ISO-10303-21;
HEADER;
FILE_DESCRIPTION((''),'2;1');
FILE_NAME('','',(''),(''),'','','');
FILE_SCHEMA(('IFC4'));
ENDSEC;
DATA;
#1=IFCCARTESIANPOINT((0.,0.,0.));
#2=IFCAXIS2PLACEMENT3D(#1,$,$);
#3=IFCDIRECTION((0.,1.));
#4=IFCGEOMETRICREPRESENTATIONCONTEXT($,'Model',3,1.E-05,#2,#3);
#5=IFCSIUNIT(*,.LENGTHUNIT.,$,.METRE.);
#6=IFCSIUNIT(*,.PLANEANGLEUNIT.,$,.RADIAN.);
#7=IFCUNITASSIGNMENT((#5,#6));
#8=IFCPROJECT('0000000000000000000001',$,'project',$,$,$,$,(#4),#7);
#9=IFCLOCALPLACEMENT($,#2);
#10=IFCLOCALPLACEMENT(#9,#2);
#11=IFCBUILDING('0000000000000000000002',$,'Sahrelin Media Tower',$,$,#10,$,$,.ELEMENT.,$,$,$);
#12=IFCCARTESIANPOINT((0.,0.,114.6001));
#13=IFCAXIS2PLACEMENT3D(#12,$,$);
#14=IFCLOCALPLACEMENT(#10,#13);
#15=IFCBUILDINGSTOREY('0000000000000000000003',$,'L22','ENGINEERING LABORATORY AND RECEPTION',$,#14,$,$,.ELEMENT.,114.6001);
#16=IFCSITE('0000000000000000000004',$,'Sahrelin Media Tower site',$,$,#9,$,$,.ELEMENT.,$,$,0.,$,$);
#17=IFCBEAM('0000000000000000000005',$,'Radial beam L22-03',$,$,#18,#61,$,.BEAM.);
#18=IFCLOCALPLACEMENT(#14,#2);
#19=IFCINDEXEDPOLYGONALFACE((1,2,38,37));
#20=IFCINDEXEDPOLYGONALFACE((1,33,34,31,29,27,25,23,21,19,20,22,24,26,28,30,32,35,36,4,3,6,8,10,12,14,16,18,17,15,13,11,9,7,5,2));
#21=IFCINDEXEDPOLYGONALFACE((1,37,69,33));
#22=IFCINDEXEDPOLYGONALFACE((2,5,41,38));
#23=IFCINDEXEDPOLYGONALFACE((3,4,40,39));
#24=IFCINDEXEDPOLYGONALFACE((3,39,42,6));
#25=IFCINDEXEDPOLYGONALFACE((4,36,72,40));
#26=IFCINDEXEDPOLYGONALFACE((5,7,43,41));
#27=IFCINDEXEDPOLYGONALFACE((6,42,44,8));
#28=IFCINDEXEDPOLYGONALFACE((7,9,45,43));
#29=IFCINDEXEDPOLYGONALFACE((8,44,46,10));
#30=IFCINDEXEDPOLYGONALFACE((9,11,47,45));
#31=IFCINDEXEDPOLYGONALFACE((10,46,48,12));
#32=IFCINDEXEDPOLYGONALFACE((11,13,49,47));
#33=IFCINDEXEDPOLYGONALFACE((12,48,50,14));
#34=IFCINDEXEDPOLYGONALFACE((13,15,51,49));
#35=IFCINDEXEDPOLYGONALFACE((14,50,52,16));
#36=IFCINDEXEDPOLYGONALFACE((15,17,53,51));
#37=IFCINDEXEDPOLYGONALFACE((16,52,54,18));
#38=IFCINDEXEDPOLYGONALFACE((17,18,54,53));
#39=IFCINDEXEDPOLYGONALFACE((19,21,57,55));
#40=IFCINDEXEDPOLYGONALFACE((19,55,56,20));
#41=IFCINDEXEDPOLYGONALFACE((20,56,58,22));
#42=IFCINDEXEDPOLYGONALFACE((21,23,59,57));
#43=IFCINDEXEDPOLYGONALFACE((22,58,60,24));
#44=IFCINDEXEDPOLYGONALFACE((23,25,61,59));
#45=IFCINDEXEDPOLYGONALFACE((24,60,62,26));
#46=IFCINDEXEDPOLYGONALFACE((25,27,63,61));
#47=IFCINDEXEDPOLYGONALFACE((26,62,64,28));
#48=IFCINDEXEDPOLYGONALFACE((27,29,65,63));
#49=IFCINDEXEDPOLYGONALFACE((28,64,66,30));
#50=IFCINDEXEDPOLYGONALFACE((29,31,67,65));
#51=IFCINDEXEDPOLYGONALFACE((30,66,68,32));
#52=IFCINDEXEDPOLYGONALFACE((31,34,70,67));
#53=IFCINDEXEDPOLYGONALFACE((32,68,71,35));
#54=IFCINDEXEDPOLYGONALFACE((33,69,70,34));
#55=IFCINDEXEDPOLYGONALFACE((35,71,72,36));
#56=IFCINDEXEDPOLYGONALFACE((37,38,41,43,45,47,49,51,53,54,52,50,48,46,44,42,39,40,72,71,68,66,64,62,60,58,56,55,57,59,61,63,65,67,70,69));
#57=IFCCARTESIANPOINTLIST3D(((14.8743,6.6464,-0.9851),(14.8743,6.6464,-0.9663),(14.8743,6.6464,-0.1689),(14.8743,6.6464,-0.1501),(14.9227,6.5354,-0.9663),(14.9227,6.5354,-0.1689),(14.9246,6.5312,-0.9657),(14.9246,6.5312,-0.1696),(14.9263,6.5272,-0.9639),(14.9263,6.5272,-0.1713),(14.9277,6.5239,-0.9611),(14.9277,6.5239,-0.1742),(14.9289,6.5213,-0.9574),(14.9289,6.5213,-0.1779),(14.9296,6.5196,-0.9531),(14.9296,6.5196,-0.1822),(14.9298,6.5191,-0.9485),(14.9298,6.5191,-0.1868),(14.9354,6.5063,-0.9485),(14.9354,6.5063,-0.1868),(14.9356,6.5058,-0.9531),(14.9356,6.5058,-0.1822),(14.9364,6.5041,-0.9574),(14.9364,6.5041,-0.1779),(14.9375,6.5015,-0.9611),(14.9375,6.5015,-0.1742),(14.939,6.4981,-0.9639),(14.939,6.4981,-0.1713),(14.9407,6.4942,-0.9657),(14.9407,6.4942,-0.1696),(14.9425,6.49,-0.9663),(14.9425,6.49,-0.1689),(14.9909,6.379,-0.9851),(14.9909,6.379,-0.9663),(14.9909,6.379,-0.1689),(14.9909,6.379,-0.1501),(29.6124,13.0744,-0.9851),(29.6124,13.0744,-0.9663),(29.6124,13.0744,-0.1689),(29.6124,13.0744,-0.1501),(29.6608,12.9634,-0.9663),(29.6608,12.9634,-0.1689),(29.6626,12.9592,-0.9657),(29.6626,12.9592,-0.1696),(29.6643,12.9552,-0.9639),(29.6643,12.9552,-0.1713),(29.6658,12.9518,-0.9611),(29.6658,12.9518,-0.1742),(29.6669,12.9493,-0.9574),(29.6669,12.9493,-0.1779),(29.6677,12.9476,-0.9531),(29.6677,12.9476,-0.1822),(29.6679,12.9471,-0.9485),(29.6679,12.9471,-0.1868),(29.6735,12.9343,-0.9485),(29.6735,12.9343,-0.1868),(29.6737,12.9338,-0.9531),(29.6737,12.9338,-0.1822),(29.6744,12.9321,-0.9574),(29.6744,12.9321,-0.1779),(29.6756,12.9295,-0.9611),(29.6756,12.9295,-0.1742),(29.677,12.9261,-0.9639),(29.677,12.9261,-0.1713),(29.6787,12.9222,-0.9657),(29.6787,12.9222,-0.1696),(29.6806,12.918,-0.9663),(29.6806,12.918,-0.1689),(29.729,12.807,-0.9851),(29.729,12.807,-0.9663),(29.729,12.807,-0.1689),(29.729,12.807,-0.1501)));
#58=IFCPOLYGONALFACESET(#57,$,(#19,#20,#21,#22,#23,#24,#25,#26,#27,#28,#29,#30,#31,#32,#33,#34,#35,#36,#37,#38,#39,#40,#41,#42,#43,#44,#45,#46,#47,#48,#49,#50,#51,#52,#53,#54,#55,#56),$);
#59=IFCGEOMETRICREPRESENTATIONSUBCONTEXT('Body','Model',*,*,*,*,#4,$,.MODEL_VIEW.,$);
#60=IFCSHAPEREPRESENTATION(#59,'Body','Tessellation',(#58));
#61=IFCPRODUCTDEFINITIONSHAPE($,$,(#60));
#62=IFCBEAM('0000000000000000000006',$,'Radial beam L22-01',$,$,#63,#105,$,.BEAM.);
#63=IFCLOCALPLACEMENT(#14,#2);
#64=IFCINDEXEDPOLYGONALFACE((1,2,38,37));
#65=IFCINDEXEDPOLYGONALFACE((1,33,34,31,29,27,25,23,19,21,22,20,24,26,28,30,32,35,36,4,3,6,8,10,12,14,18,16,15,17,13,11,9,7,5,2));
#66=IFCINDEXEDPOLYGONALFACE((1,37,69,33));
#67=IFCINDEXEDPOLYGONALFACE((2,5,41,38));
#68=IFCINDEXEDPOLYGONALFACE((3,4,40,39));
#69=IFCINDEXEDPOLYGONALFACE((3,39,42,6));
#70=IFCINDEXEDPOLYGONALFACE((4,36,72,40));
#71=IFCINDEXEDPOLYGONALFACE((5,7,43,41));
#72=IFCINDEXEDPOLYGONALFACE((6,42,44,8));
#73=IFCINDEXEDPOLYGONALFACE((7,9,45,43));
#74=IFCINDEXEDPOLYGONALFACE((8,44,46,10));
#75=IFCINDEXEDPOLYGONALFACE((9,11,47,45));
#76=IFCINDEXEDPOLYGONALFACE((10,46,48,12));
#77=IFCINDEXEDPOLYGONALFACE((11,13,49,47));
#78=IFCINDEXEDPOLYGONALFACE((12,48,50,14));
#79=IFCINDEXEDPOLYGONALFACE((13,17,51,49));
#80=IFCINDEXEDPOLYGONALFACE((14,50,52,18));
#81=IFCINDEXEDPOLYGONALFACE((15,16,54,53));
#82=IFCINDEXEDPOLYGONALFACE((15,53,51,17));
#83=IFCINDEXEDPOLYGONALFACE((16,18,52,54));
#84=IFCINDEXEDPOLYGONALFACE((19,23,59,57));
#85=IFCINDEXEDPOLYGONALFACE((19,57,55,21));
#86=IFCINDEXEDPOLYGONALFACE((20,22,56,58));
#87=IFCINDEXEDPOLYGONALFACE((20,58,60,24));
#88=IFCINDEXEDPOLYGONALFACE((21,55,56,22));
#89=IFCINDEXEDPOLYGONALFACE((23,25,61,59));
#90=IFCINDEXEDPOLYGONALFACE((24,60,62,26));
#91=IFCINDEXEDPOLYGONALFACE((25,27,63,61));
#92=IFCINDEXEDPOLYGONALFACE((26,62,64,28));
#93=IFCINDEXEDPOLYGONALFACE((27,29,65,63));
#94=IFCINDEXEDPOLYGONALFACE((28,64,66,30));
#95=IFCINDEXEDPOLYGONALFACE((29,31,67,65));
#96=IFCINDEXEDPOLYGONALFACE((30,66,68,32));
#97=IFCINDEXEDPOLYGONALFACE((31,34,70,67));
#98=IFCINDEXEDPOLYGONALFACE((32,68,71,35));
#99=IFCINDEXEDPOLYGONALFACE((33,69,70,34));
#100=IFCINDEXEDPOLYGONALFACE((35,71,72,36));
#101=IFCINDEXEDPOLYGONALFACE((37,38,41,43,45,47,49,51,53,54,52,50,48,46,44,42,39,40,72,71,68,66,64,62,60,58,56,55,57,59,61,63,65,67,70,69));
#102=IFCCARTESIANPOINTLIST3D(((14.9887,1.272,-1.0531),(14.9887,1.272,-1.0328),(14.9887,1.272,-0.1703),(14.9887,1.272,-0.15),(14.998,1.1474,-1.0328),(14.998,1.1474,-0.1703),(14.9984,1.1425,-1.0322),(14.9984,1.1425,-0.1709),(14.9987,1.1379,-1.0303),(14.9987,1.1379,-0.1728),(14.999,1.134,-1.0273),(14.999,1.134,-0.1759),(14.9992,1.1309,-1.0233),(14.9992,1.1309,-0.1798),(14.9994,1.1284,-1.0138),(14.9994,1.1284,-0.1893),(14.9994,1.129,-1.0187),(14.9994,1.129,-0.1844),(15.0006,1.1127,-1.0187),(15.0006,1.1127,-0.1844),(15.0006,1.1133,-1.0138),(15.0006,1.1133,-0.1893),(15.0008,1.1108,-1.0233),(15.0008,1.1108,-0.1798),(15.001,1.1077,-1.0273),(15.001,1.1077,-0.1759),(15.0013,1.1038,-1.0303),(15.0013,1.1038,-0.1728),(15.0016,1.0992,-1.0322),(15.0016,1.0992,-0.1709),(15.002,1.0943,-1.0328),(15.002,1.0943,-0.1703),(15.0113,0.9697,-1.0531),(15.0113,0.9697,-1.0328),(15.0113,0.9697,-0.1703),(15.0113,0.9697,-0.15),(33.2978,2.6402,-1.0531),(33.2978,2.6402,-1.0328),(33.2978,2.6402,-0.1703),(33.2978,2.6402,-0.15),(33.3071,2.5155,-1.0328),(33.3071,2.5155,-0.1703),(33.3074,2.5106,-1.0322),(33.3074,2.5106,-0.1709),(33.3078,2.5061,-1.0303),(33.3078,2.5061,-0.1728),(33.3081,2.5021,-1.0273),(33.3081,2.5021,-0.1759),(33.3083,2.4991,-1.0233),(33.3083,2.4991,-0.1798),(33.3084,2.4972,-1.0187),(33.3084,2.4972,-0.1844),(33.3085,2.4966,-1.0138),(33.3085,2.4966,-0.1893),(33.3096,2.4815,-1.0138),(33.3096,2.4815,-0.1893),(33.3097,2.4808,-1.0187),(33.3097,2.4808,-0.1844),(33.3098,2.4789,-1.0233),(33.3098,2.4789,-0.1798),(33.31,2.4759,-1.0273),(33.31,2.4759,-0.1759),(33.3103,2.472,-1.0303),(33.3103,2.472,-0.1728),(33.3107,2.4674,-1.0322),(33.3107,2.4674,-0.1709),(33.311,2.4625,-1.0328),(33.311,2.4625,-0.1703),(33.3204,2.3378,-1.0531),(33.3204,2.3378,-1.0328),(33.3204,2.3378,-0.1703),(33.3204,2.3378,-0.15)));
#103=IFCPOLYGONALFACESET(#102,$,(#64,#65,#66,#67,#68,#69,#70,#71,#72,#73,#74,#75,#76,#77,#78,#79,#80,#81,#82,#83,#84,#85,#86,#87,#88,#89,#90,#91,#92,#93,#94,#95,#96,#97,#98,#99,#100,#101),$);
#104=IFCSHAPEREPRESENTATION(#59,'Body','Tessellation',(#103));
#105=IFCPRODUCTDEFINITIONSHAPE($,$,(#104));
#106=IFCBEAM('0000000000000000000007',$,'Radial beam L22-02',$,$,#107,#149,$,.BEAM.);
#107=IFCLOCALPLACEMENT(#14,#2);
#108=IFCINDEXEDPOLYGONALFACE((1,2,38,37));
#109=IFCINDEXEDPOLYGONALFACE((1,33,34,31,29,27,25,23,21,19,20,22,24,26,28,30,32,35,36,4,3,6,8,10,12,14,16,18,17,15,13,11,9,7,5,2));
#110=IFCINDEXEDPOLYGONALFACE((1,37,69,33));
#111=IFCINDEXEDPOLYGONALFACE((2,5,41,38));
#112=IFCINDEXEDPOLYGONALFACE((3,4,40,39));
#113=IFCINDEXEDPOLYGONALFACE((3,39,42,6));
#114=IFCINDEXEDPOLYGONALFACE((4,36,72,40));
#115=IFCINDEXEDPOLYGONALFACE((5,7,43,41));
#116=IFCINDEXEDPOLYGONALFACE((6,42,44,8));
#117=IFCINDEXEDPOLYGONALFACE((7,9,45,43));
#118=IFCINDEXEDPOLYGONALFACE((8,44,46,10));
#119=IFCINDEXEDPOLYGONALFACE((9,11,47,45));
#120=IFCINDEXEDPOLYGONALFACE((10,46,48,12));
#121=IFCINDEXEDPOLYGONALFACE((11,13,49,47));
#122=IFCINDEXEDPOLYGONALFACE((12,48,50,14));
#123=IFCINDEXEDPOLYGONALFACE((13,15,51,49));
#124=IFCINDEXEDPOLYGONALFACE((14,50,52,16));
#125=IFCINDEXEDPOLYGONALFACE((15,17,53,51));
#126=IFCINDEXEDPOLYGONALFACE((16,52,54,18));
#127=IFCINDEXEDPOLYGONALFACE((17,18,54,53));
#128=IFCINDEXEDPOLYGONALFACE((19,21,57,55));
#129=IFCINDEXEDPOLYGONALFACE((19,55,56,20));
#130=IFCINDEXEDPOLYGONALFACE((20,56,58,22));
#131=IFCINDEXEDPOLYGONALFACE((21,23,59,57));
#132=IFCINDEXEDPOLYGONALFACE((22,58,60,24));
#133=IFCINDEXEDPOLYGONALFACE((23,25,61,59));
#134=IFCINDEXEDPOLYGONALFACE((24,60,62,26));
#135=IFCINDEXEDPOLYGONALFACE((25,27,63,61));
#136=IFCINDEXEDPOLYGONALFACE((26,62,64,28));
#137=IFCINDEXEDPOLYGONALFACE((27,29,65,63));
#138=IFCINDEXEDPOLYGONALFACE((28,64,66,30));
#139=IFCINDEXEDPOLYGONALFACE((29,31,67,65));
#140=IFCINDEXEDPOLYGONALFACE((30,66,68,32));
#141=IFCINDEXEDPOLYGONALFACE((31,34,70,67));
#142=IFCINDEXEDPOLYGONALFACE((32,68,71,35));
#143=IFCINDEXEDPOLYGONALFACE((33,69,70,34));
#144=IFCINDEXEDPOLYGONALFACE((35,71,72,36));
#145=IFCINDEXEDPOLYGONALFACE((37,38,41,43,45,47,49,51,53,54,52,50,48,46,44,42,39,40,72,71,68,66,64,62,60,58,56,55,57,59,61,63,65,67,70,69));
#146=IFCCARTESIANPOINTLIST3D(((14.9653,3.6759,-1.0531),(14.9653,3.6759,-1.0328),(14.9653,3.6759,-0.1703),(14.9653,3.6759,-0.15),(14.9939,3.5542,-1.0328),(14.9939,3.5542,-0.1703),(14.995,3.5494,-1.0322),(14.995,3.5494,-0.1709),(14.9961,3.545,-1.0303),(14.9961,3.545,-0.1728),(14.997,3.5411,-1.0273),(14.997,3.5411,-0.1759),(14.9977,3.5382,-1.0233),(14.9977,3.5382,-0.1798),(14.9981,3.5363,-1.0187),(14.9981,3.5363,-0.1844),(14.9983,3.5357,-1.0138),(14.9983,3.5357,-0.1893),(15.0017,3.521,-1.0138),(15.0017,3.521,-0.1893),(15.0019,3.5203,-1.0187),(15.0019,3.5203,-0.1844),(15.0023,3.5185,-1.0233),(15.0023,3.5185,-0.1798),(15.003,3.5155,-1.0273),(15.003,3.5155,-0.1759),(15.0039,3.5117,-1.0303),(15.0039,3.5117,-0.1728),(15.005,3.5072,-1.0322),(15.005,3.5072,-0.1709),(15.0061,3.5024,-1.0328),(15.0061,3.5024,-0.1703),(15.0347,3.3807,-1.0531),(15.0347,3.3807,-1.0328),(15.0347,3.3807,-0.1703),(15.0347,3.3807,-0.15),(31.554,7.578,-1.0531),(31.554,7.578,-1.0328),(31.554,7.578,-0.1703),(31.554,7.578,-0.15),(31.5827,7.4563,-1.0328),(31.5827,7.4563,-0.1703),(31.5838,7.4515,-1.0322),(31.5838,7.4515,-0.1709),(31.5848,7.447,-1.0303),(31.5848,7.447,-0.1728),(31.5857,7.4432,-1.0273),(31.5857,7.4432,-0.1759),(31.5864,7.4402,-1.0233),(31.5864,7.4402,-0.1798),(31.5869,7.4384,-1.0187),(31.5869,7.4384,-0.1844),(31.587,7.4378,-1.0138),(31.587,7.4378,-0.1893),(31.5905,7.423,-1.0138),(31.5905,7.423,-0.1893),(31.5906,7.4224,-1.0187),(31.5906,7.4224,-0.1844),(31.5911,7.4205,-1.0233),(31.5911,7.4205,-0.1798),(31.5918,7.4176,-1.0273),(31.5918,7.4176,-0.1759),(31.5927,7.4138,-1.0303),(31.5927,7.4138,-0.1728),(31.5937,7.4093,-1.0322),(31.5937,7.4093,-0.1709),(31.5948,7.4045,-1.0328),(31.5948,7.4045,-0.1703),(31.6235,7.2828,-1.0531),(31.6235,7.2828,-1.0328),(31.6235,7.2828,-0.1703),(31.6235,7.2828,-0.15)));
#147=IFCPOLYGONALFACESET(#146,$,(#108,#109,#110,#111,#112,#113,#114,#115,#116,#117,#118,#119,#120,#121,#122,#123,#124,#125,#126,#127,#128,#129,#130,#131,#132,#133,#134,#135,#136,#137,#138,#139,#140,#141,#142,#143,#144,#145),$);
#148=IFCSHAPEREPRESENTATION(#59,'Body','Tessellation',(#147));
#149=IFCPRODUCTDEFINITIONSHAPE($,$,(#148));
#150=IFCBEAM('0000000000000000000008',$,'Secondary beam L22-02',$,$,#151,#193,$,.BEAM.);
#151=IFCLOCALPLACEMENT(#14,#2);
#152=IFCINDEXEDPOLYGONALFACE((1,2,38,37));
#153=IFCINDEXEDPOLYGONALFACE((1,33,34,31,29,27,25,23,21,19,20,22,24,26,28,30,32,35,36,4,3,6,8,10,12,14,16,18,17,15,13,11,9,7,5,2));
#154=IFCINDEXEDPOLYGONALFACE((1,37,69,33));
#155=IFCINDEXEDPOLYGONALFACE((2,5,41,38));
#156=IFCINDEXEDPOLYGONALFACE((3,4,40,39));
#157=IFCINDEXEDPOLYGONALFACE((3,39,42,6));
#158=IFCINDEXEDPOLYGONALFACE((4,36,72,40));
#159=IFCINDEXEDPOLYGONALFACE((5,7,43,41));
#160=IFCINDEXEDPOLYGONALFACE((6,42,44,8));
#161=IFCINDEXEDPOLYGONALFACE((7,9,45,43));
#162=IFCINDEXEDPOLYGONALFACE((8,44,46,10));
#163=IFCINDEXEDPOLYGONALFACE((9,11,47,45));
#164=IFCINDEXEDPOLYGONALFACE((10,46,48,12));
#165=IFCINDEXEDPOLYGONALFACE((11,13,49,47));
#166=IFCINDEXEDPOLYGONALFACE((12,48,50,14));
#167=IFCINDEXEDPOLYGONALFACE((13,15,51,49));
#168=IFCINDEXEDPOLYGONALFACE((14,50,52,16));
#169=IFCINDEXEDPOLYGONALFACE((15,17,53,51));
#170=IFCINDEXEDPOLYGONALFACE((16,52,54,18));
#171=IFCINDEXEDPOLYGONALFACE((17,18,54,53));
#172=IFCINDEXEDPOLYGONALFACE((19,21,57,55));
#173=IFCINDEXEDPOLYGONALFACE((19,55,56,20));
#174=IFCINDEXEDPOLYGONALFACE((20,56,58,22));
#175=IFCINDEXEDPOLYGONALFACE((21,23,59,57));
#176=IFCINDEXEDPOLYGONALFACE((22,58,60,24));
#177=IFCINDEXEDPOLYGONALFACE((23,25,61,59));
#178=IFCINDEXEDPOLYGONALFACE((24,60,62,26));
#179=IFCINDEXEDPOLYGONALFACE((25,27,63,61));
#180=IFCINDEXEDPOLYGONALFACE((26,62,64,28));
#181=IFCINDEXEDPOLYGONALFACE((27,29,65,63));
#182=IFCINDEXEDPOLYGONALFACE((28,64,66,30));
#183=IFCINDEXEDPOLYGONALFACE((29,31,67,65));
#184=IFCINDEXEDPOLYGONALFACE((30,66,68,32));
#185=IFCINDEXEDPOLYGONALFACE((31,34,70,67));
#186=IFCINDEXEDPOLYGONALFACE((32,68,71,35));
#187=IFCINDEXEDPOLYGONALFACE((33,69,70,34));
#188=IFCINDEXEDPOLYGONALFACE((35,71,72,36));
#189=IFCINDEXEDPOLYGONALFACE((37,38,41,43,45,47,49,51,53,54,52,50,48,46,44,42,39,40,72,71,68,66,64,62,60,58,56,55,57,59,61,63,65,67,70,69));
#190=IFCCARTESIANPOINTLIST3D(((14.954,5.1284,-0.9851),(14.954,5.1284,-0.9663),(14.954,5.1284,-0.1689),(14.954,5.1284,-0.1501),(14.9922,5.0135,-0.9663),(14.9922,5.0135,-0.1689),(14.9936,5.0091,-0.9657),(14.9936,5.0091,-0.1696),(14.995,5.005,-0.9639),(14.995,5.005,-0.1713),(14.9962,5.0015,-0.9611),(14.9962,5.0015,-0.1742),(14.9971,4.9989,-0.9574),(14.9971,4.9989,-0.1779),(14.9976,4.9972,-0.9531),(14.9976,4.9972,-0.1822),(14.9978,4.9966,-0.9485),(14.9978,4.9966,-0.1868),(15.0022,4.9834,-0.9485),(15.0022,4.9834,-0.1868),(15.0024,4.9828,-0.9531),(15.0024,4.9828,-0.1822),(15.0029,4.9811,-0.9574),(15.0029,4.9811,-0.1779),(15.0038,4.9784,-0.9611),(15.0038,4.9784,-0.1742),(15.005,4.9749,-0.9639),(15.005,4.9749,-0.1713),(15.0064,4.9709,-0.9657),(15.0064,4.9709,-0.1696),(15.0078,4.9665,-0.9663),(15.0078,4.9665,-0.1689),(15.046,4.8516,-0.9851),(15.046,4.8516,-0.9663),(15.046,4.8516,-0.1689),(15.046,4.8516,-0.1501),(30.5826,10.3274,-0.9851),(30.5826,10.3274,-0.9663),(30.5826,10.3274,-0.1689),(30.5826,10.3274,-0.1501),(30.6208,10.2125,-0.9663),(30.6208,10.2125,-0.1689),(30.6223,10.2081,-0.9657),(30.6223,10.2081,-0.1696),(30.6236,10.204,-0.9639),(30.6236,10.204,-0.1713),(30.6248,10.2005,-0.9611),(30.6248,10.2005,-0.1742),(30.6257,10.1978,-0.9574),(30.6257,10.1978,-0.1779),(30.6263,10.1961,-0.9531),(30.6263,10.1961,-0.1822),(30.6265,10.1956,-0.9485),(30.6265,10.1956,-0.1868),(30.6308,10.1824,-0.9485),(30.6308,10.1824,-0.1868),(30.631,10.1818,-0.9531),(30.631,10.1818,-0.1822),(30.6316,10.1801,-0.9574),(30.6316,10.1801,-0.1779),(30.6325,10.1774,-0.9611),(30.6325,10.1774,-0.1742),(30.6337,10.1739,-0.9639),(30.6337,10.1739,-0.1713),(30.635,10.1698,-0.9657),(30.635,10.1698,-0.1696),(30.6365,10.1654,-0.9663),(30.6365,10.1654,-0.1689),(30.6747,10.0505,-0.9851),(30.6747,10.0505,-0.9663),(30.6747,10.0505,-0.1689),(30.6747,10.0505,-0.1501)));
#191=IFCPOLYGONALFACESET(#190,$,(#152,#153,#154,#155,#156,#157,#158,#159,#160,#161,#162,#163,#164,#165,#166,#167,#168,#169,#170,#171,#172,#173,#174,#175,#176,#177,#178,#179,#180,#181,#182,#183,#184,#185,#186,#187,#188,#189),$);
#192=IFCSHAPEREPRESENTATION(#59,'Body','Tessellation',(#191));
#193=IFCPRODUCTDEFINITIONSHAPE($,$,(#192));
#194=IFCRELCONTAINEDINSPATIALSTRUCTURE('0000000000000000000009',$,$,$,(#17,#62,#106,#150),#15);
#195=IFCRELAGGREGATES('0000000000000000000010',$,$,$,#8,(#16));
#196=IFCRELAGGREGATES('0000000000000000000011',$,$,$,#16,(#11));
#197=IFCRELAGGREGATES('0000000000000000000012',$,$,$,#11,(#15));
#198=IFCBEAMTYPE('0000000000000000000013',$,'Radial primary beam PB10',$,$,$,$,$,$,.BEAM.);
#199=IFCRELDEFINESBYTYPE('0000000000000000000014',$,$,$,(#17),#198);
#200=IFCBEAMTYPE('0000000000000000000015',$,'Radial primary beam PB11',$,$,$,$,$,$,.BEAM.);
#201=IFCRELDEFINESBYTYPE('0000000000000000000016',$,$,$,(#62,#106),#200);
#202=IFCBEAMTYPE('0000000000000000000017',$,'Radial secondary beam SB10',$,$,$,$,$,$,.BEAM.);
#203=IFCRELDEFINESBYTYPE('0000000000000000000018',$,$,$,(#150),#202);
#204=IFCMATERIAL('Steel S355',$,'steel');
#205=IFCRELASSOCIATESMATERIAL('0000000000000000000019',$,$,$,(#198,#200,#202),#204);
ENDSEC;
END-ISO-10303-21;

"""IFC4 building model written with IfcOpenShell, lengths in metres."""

from ifc_helpers import new_model, si_unit, direction, frame, origin, origin_2d, place, context, subcontext, project, spatial, i_section, extrude, material, material_profile, profile_set, type_object, element, save


model = new_model("IFC4")

# Units and contexts
model_context = context("Model", 3, precision=1e-05, world=origin(), true_north=direction((0.0, 1.0)))
body_context = subcontext(model_context, "Body", "Model", "MODEL_VIEW")
ifc_project = project(units=[si_unit("LENGTHUNIT", "METRE"), si_unit("PLANEANGLEUNIT", "RADIAN")], contexts=[model_context])

# Site, building, storey
site_placement = place(None, origin())
site = spatial("IfcSite", under=ifc_project, at=site_placement, Name="Sahrelin Media Tower site", CompositionType="ELEMENT", RefElevation=0.0)
building_placement = place(site_placement, origin())
building = spatial("IfcBuilding", under=site, at=building_placement, Name="Sahrelin Media Tower", CompositionType="ELEMENT")
storey_placement = place(building_placement, frame((0.0, 0.0, 114.6001)))
storey = spatial("IfcBuildingStorey", under=building, at=storey_placement, Name="L22", Description="ENGINEERING LABORATORY AND RECEPTION", CompositionType="ELEMENT", Elevation=114.6001)

# Beams
ifc_material_1 = material(Name="Steel S355", Category="steel")
ifc_material_profile_1 = material_profile(ifc_material_1, i_section(OverallWidth=0.2917, OverallDepth=0.835, WebThickness=0.0139, FlangeThickness=0.0188, FilletRadius=0.0178, at=origin_2d()), Name="UB 838x292x176")
ifc_profile_set_1 = profile_set([ifc_material_profile_1], Name="Steel S355")
beam_type_1 = type_object("IfcBeamType", Name="Radial primary beam PB10", PredefinedType="BEAM", material=ifc_profile_set_1)
beam_1_placement = place(storey_placement, frame((14.9326, 6.5127, -0.5676), z_axis=(0.916612, 0.399779, 0.0), x_axis=(-0.399779, 0.916612, 0.0)))
element("IfcBeam", 1, at=beam_1_placement, inside=storey, type_object=beam_type_1, Name="Radial beam L22-03", PredefinedType="BEAM", context=body_context, shape_type="SweptSolid", body=[
    extrude(i_section(OverallWidth=0.2917, OverallDepth=0.835, WebThickness=0.0139, FlangeThickness=0.0188, FilletRadius=0.0178, at=origin_2d()), origin(), (0.0, 0.0, 1.0), 16.0789),
])
ifc_material_profile_2 = material_profile(ifc_material_1, i_section(OverallWidth=0.3032, OverallDepth=0.9031, WebThickness=0.0151, FlangeThickness=0.0203, FilletRadius=0.019, at=origin_2d()), Name="UB 914x305x201")
ifc_profile_set_2 = profile_set([ifc_material_profile_2], Name="Steel S355")
beam_type_2 = type_object("IfcBeamType", Name="Radial primary beam PB11", PredefinedType="BEAM", material=ifc_profile_set_2)
beam_2_placement = place(storey_placement, frame((15.0, 1.1208, -0.6016), z_axis=(0.99722, 0.074518, 0.0), x_axis=(-0.074518, 0.99722, 0.0)))
element("IfcBeam", 2, at=beam_2_placement, inside=storey, type_object=beam_type_2, Name="Radial beam L22-01", PredefinedType="BEAM", context=body_context, shape_type="SweptSolid", body=[
    extrude(i_section(OverallWidth=0.3032, OverallDepth=0.9031, WebThickness=0.0151, FlangeThickness=0.0203, FilletRadius=0.019, at=origin_2d()), origin(), (0.0, 0.0, 1.0), 18.3601),
])
beam_3_placement = place(storey_placement, frame((15.0, 3.5283, -0.6016), z_axis=(0.973432, 0.228975, 0.0), x_axis=(-0.228975, 0.973432, 0.0)))
element("IfcBeam", 3, at=beam_3_placement, inside=storey, type_object=beam_type_2, Name="Radial beam L22-02", PredefinedType="BEAM", context=body_context, shape_type="SweptSolid", body=[
    extrude(i_section(OverallWidth=0.3032, OverallDepth=0.9031, WebThickness=0.0151, FlangeThickness=0.0203, FilletRadius=0.019, at=origin_2d()), origin(), (0.0, 0.0, 1.0), 17.0415),
])
ifc_material_profile_3 = material_profile(ifc_material_1, i_section(OverallWidth=0.2917, OverallDepth=0.835, WebThickness=0.0139, FlangeThickness=0.0188, FilletRadius=0.0178, at=origin_2d()), Name="UB 838x292x176")
ifc_profile_set_3 = profile_set([ifc_material_profile_3], Name="Steel S355")
beam_type_3 = type_object("IfcBeamType", Name="Radial secondary beam SB10", PredefinedType="BEAM", material=ifc_profile_set_3)
beam_4_placement = place(storey_placement, frame((15.0, 4.99, -0.5676), z_axis=(0.948876, 0.31565, 0.0), x_axis=(-0.31565, 0.948876, 0.0)))
element("IfcBeam", 4, at=beam_4_placement, inside=storey, type_object=beam_type_3, Name="Secondary beam L22-02", PredefinedType="BEAM", context=body_context, shape_type="SweptSolid", body=[
    extrude(i_section(OverallWidth=0.2917, OverallDepth=0.835, WebThickness=0.0139, FlangeThickness=0.0188, FilletRadius=0.0178, at=origin_2d()), origin(), (0.0, 0.0, 1.0), 16.4707),
])

save(model, "model.ifc")
